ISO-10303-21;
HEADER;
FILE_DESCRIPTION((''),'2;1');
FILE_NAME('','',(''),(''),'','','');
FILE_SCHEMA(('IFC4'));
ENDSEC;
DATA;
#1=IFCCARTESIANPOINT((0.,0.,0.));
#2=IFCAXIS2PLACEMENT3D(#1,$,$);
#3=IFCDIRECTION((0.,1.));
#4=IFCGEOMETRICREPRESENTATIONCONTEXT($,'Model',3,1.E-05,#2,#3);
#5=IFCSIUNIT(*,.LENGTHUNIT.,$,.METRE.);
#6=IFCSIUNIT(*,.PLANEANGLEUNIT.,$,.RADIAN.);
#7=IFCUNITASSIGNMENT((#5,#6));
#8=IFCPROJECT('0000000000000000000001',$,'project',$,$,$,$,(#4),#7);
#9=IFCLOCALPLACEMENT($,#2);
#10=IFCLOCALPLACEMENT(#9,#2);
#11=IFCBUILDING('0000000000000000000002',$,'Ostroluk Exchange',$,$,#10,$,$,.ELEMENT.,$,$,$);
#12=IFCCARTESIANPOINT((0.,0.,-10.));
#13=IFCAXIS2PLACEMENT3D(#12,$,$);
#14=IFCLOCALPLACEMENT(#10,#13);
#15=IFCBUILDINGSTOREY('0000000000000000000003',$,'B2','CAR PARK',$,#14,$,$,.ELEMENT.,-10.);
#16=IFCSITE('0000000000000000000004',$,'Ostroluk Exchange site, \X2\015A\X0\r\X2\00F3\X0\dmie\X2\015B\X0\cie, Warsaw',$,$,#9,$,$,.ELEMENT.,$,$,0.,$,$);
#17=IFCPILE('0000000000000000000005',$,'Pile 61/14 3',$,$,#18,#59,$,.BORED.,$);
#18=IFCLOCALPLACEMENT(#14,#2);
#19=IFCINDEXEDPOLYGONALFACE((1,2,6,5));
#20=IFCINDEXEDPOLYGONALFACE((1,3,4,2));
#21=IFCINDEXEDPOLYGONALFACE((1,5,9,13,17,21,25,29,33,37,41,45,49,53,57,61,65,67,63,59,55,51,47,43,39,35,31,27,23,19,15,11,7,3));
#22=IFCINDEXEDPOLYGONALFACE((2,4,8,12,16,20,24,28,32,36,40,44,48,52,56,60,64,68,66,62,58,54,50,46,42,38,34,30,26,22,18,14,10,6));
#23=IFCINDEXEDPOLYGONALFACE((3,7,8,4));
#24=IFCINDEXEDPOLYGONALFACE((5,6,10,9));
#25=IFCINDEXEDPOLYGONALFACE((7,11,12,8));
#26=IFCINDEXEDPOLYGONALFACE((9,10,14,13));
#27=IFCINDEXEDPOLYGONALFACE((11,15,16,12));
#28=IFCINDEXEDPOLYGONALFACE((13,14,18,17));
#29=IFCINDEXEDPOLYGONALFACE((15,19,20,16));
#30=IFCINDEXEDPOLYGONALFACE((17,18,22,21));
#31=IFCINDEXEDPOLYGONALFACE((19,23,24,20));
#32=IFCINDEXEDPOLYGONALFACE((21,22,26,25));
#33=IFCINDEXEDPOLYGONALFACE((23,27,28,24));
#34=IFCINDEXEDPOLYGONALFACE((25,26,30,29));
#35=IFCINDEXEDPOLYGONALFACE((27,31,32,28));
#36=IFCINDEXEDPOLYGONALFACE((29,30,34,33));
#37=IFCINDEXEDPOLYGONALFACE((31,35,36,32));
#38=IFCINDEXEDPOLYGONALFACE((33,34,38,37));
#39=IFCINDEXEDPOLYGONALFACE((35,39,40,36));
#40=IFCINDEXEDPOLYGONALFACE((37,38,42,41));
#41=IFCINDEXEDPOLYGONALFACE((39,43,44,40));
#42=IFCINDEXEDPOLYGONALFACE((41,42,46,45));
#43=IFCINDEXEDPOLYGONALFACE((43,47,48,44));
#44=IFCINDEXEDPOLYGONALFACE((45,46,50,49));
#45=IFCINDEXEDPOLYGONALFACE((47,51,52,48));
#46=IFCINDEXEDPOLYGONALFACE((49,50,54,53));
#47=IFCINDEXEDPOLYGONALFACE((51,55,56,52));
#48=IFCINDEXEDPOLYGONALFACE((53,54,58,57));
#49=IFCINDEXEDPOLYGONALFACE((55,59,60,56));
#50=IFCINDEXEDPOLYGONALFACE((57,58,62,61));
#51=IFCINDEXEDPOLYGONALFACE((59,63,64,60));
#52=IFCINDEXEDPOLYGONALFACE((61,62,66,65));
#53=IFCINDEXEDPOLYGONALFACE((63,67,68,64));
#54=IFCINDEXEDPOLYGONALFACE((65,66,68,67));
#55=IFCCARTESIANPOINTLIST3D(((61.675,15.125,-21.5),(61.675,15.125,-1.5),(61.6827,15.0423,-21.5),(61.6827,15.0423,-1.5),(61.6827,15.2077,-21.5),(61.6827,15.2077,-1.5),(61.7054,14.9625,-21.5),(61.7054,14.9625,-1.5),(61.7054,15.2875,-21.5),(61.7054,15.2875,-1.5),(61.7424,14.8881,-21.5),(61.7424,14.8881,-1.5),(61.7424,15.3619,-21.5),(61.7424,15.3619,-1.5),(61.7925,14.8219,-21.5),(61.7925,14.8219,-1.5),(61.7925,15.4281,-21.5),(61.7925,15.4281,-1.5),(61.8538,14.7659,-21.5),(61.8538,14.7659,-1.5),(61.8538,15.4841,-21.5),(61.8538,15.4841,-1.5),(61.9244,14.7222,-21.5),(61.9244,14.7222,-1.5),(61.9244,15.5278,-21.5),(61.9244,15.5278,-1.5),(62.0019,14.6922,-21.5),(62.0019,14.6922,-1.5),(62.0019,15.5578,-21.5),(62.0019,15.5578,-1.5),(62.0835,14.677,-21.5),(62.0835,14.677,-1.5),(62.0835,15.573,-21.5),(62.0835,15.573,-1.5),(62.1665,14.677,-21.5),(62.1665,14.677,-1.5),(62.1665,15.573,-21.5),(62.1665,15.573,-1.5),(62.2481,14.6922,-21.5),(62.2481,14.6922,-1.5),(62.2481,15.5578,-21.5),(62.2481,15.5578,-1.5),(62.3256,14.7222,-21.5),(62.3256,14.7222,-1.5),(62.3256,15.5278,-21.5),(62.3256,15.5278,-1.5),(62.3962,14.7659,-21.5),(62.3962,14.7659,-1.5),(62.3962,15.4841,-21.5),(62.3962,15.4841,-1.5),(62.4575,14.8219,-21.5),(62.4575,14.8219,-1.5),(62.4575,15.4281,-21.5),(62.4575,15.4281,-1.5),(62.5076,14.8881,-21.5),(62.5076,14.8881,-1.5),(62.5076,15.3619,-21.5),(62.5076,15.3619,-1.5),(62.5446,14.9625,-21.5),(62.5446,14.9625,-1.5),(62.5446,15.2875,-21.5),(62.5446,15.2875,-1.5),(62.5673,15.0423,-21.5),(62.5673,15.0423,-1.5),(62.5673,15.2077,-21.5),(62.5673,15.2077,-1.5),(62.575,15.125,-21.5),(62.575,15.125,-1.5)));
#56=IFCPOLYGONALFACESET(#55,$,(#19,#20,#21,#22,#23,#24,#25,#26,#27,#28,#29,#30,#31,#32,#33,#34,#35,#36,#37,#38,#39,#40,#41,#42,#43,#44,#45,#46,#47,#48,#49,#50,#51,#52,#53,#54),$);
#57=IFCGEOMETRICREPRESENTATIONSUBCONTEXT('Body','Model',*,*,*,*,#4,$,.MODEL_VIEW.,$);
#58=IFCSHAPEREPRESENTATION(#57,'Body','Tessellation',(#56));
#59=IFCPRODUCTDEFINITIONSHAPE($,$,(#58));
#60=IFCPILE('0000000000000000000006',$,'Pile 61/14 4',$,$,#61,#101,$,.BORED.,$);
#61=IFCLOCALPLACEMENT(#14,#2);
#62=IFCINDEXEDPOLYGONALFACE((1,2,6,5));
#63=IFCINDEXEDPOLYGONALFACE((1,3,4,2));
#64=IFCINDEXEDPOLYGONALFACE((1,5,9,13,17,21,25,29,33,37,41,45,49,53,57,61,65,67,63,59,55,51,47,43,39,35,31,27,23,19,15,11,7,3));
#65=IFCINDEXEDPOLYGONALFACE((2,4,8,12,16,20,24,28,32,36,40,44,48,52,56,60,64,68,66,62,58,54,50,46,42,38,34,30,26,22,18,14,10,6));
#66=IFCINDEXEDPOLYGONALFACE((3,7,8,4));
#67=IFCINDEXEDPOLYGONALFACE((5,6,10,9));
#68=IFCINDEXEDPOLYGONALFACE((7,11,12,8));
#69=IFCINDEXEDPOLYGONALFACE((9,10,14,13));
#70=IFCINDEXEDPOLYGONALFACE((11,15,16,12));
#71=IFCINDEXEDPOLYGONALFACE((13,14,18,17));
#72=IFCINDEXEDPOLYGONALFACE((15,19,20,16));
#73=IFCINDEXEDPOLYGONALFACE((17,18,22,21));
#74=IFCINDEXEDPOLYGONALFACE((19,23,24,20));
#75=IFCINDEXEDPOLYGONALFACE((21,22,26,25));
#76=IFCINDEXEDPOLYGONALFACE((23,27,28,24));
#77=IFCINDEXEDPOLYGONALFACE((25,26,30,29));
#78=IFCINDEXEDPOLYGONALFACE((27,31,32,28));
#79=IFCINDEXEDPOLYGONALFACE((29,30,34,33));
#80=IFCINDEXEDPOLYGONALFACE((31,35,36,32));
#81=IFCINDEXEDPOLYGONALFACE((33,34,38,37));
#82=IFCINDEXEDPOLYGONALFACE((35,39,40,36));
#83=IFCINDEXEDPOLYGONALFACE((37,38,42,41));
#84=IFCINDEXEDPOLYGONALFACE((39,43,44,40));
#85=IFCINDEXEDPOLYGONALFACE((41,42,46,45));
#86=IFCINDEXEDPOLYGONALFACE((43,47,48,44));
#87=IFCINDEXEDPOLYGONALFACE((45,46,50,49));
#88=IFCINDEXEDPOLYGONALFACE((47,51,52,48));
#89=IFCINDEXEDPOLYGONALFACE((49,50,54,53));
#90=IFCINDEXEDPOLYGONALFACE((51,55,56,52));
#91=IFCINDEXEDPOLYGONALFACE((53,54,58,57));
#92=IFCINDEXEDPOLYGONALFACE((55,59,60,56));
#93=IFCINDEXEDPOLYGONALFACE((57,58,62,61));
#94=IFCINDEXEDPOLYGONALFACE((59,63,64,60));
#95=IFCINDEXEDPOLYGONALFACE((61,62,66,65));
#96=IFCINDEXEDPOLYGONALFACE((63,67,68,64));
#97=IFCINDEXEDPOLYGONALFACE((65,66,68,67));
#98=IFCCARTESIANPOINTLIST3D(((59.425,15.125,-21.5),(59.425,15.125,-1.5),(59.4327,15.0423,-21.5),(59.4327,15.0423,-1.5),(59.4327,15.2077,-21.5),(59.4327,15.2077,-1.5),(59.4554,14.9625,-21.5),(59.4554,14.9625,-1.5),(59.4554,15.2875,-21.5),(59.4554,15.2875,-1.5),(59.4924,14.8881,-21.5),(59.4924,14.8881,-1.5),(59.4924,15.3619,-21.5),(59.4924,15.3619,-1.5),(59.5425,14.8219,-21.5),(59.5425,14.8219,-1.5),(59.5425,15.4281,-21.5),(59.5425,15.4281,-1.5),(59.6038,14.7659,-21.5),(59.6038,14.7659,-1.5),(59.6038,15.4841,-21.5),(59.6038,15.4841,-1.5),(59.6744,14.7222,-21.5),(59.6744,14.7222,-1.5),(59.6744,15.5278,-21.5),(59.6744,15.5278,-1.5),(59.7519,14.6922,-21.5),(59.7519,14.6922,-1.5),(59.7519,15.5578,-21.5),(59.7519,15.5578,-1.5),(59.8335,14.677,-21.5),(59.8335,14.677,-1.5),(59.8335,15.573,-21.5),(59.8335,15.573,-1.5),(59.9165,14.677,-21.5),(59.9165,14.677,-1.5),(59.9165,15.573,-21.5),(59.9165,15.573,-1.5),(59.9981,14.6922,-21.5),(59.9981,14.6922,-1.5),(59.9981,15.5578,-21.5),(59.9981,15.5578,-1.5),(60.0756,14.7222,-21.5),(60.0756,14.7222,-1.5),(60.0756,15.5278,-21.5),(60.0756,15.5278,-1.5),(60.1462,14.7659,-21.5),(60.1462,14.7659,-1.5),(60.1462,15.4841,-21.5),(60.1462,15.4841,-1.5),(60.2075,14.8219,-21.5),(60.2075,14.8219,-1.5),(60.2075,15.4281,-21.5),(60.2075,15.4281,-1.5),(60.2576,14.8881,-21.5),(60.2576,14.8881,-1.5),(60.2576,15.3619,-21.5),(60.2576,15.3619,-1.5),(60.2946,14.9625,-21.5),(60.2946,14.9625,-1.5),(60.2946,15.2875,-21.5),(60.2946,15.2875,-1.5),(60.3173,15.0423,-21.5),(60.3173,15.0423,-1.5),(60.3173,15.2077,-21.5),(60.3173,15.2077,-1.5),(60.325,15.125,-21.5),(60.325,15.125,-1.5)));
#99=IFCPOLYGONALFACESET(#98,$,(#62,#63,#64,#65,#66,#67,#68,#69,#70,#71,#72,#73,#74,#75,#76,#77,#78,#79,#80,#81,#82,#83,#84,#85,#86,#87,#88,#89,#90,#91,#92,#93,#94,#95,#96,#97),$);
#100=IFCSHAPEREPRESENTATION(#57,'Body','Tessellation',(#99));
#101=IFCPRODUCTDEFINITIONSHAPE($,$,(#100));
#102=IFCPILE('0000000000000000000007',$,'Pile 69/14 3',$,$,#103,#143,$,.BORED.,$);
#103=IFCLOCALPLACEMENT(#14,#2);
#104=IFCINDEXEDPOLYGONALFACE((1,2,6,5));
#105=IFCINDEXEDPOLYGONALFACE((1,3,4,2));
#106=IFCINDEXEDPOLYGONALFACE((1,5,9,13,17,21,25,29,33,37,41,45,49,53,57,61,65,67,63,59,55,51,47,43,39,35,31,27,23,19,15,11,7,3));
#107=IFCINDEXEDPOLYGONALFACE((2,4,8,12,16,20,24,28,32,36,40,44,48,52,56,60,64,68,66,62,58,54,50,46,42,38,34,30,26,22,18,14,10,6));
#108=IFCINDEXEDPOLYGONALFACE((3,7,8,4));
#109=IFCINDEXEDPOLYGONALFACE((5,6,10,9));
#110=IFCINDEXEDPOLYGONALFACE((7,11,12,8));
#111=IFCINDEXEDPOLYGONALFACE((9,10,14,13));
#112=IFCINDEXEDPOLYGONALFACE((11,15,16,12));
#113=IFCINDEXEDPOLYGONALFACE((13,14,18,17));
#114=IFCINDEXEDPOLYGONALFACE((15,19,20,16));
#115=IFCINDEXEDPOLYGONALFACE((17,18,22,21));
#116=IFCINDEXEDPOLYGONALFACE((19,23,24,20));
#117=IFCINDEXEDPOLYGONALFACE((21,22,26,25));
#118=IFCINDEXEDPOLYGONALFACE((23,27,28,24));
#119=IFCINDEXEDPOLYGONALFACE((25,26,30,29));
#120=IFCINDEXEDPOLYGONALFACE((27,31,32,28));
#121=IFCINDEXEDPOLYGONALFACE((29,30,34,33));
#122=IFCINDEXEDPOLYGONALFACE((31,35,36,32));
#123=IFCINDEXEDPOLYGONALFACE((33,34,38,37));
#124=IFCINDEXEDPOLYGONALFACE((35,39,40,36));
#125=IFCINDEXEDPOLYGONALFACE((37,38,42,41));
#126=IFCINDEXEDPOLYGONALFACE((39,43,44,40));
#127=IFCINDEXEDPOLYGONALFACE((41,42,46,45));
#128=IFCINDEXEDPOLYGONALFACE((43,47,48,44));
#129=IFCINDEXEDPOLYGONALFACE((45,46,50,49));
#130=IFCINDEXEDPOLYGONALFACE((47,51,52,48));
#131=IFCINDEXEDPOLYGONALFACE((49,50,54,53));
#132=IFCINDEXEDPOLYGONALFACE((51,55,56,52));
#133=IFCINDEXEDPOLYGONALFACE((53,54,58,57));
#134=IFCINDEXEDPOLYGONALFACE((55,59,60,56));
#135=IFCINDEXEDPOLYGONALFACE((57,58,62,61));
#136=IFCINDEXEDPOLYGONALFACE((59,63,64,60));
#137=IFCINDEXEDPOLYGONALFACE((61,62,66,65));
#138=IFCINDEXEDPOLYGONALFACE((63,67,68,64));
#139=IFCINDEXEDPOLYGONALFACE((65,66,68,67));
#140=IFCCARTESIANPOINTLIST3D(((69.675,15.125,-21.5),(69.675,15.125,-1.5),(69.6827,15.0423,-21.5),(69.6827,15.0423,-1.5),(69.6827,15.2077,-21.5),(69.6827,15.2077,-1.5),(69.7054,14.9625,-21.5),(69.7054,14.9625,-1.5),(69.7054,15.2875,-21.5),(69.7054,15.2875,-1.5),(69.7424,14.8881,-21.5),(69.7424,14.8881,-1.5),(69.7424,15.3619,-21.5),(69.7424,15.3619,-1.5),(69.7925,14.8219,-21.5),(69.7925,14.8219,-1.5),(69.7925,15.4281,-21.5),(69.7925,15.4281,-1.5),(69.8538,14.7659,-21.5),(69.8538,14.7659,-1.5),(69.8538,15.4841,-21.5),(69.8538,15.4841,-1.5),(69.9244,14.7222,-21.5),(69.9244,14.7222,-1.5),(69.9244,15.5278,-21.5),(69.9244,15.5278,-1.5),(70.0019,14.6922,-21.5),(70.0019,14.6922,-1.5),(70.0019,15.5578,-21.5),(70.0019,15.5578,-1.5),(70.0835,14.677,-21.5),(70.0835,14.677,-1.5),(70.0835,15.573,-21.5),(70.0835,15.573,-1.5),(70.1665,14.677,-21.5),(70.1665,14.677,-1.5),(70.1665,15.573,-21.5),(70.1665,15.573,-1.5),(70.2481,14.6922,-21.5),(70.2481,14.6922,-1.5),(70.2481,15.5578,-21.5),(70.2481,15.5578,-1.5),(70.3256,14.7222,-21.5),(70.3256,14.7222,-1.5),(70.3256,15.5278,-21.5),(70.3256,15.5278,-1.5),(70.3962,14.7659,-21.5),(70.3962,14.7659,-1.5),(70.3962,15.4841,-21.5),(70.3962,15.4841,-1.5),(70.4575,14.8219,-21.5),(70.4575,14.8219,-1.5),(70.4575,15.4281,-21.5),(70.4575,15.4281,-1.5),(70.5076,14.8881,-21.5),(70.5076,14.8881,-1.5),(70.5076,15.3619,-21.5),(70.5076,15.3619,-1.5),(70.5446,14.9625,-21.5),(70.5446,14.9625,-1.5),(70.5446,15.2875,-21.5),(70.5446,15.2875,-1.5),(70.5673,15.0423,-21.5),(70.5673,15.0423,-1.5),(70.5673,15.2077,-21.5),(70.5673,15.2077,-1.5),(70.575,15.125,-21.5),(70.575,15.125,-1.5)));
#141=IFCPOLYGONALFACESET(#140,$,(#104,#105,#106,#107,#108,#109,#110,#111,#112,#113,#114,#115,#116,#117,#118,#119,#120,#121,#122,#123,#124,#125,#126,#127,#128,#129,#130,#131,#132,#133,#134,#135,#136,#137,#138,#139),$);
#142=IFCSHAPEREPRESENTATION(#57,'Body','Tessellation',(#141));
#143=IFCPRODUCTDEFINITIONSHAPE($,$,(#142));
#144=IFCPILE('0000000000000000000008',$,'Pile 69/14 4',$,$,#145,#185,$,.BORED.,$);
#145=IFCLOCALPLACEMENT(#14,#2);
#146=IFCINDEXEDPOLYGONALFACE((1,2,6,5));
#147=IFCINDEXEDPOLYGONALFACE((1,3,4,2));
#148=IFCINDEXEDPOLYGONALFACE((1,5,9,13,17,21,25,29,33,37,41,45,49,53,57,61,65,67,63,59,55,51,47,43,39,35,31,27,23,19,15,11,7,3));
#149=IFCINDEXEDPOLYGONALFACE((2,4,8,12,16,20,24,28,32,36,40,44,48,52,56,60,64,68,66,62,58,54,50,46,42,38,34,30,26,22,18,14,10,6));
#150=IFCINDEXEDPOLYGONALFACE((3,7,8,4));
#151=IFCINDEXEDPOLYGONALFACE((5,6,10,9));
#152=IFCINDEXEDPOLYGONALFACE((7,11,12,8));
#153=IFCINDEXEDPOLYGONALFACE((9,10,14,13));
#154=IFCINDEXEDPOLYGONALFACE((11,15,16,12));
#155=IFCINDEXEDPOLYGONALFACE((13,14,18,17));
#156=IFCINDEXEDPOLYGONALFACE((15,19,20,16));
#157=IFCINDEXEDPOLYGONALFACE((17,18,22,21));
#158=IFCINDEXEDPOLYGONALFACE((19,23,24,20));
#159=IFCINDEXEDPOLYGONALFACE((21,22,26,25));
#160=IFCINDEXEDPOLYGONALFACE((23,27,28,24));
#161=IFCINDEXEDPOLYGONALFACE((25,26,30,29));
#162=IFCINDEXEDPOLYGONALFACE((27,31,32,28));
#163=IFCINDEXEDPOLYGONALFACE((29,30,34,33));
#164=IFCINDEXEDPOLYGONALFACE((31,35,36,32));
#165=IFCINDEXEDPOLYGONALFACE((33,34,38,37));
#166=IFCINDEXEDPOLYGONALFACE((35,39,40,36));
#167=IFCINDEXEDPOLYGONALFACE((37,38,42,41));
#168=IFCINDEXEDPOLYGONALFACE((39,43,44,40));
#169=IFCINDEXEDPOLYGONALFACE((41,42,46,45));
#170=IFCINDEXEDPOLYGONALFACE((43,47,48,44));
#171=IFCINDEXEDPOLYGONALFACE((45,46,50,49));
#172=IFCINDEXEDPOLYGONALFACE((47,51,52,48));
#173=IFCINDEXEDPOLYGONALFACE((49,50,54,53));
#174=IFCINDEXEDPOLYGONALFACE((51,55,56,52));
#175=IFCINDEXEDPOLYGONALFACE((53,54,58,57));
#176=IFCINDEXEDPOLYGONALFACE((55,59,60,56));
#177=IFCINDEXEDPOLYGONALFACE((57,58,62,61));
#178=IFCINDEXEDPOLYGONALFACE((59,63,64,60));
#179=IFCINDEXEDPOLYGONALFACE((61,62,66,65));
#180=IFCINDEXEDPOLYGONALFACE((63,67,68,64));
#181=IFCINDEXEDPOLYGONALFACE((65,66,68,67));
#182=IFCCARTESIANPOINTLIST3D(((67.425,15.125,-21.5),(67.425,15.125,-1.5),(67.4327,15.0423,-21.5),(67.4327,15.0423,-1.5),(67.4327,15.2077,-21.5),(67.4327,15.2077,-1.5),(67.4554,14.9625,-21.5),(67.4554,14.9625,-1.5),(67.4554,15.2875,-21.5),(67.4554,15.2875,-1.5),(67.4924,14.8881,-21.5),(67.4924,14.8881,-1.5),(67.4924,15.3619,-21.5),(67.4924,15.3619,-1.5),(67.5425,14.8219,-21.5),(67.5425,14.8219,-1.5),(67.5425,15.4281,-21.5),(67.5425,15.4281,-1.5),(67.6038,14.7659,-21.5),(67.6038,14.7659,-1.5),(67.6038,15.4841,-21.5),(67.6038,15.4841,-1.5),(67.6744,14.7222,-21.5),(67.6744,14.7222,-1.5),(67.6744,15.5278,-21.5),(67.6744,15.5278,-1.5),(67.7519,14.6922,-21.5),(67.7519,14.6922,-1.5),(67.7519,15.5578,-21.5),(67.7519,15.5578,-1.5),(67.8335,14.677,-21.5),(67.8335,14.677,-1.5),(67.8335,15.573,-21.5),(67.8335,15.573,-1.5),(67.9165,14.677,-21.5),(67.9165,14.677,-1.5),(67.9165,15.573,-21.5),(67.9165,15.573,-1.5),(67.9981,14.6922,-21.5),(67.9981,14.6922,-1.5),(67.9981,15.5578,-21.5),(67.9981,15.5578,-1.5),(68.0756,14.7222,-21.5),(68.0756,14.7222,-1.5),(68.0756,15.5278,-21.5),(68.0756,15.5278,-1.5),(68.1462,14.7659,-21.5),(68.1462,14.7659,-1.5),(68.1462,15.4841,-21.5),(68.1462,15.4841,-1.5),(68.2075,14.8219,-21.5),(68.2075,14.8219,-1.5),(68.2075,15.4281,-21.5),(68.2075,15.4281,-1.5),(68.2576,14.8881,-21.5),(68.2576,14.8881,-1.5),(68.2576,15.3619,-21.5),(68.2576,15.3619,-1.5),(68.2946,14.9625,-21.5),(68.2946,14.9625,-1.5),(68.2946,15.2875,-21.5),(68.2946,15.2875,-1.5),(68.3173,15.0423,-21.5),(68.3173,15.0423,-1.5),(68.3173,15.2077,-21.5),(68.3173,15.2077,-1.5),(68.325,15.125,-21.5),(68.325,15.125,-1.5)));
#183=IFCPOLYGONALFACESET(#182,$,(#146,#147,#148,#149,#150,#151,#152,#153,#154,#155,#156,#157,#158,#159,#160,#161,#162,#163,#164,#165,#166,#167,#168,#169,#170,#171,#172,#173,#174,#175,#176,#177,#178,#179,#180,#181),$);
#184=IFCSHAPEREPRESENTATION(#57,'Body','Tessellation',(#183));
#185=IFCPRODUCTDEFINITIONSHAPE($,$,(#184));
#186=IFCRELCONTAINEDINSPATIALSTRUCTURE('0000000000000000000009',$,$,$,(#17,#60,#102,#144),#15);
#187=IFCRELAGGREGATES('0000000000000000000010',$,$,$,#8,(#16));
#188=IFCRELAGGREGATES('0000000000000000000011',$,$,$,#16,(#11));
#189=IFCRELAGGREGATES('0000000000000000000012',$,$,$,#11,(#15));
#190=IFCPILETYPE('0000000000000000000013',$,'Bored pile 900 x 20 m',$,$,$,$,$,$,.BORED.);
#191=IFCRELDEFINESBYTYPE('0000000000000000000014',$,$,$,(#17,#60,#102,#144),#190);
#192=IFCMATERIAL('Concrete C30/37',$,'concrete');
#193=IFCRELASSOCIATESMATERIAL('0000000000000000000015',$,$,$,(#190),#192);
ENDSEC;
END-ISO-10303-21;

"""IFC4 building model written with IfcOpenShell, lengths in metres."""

from ifc_helpers import new_model, si_unit, direction, frame, origin, origin_2d, place, context, subcontext, project, spatial, circle, extrude, material, type_object, element, save


model = new_model("IFC4")

# Units and contexts
model_context = context("Model", 3, precision=1e-05, world=origin(), true_north=direction((0.0, 1.0)))
body_context = subcontext(model_context, "Body", "Model", "MODEL_VIEW")
ifc_project = project(units=[si_unit("LENGTHUNIT", "METRE"), si_unit("PLANEANGLEUNIT", "RADIAN")], contexts=[model_context])

# Site, building, storey
site_placement = place(None, origin())
site = spatial("IfcSite", under=ifc_project, at=site_placement, Name="Ostroluk Exchange site, Śródmieście, Warsaw", CompositionType="ELEMENT", RefElevation=0.0)
building_placement = place(site_placement, origin())
building = spatial("IfcBuilding", under=site, at=building_placement, Name="Ostroluk Exchange", CompositionType="ELEMENT")
storey_placement = place(building_placement, frame((0.0, 0.0, -10.0)))
storey = spatial("IfcBuildingStorey", under=building, at=storey_placement, Name="B2", Description="CAR PARK", CompositionType="ELEMENT", Elevation=-10.0)

# Piles
ifc_material_1 = material(Name="Concrete C30/37", Category="concrete")
pile_type_1 = type_object("IfcPileType", Name="Bored pile 900 x 20 m", PredefinedType="BORED", material=ifc_material_1)
for number, where, z_axis, x_axis, name in (
    (1, (62.125, 15.125, -1.5), (0.0, 0.0, -1.0), (1.0, 0.0, 0.0), "Pile 61/14 3"),
    (2, (59.875, 15.125, -1.5), (0.0, 0.0, -1.0), (1.0, 0.0, 0.0), "Pile 61/14 4"),
    (3, (70.125, 15.125, -1.5), (0.0, 0.0, -1.0), (1.0, 0.0, 0.0), "Pile 69/14 3"),
    (4, (67.875, 15.125, -1.5), (0.0, 0.0, -1.0), (1.0, 0.0, 0.0), "Pile 69/14 4"),
):
    element("IfcPile", number, at=place(storey_placement, frame(where, z_axis=z_axis, x_axis=x_axis)), inside=storey, type_object=pile_type_1, Name=name, PredefinedType="BORED", context=body_context, shape_type="SweptSolid", body=[
        extrude(circle(Radius=0.45, at=origin_2d()), origin(), (0.0, 0.0, 1.0), 20.0),
    ])

save(model, "model.ifc")
